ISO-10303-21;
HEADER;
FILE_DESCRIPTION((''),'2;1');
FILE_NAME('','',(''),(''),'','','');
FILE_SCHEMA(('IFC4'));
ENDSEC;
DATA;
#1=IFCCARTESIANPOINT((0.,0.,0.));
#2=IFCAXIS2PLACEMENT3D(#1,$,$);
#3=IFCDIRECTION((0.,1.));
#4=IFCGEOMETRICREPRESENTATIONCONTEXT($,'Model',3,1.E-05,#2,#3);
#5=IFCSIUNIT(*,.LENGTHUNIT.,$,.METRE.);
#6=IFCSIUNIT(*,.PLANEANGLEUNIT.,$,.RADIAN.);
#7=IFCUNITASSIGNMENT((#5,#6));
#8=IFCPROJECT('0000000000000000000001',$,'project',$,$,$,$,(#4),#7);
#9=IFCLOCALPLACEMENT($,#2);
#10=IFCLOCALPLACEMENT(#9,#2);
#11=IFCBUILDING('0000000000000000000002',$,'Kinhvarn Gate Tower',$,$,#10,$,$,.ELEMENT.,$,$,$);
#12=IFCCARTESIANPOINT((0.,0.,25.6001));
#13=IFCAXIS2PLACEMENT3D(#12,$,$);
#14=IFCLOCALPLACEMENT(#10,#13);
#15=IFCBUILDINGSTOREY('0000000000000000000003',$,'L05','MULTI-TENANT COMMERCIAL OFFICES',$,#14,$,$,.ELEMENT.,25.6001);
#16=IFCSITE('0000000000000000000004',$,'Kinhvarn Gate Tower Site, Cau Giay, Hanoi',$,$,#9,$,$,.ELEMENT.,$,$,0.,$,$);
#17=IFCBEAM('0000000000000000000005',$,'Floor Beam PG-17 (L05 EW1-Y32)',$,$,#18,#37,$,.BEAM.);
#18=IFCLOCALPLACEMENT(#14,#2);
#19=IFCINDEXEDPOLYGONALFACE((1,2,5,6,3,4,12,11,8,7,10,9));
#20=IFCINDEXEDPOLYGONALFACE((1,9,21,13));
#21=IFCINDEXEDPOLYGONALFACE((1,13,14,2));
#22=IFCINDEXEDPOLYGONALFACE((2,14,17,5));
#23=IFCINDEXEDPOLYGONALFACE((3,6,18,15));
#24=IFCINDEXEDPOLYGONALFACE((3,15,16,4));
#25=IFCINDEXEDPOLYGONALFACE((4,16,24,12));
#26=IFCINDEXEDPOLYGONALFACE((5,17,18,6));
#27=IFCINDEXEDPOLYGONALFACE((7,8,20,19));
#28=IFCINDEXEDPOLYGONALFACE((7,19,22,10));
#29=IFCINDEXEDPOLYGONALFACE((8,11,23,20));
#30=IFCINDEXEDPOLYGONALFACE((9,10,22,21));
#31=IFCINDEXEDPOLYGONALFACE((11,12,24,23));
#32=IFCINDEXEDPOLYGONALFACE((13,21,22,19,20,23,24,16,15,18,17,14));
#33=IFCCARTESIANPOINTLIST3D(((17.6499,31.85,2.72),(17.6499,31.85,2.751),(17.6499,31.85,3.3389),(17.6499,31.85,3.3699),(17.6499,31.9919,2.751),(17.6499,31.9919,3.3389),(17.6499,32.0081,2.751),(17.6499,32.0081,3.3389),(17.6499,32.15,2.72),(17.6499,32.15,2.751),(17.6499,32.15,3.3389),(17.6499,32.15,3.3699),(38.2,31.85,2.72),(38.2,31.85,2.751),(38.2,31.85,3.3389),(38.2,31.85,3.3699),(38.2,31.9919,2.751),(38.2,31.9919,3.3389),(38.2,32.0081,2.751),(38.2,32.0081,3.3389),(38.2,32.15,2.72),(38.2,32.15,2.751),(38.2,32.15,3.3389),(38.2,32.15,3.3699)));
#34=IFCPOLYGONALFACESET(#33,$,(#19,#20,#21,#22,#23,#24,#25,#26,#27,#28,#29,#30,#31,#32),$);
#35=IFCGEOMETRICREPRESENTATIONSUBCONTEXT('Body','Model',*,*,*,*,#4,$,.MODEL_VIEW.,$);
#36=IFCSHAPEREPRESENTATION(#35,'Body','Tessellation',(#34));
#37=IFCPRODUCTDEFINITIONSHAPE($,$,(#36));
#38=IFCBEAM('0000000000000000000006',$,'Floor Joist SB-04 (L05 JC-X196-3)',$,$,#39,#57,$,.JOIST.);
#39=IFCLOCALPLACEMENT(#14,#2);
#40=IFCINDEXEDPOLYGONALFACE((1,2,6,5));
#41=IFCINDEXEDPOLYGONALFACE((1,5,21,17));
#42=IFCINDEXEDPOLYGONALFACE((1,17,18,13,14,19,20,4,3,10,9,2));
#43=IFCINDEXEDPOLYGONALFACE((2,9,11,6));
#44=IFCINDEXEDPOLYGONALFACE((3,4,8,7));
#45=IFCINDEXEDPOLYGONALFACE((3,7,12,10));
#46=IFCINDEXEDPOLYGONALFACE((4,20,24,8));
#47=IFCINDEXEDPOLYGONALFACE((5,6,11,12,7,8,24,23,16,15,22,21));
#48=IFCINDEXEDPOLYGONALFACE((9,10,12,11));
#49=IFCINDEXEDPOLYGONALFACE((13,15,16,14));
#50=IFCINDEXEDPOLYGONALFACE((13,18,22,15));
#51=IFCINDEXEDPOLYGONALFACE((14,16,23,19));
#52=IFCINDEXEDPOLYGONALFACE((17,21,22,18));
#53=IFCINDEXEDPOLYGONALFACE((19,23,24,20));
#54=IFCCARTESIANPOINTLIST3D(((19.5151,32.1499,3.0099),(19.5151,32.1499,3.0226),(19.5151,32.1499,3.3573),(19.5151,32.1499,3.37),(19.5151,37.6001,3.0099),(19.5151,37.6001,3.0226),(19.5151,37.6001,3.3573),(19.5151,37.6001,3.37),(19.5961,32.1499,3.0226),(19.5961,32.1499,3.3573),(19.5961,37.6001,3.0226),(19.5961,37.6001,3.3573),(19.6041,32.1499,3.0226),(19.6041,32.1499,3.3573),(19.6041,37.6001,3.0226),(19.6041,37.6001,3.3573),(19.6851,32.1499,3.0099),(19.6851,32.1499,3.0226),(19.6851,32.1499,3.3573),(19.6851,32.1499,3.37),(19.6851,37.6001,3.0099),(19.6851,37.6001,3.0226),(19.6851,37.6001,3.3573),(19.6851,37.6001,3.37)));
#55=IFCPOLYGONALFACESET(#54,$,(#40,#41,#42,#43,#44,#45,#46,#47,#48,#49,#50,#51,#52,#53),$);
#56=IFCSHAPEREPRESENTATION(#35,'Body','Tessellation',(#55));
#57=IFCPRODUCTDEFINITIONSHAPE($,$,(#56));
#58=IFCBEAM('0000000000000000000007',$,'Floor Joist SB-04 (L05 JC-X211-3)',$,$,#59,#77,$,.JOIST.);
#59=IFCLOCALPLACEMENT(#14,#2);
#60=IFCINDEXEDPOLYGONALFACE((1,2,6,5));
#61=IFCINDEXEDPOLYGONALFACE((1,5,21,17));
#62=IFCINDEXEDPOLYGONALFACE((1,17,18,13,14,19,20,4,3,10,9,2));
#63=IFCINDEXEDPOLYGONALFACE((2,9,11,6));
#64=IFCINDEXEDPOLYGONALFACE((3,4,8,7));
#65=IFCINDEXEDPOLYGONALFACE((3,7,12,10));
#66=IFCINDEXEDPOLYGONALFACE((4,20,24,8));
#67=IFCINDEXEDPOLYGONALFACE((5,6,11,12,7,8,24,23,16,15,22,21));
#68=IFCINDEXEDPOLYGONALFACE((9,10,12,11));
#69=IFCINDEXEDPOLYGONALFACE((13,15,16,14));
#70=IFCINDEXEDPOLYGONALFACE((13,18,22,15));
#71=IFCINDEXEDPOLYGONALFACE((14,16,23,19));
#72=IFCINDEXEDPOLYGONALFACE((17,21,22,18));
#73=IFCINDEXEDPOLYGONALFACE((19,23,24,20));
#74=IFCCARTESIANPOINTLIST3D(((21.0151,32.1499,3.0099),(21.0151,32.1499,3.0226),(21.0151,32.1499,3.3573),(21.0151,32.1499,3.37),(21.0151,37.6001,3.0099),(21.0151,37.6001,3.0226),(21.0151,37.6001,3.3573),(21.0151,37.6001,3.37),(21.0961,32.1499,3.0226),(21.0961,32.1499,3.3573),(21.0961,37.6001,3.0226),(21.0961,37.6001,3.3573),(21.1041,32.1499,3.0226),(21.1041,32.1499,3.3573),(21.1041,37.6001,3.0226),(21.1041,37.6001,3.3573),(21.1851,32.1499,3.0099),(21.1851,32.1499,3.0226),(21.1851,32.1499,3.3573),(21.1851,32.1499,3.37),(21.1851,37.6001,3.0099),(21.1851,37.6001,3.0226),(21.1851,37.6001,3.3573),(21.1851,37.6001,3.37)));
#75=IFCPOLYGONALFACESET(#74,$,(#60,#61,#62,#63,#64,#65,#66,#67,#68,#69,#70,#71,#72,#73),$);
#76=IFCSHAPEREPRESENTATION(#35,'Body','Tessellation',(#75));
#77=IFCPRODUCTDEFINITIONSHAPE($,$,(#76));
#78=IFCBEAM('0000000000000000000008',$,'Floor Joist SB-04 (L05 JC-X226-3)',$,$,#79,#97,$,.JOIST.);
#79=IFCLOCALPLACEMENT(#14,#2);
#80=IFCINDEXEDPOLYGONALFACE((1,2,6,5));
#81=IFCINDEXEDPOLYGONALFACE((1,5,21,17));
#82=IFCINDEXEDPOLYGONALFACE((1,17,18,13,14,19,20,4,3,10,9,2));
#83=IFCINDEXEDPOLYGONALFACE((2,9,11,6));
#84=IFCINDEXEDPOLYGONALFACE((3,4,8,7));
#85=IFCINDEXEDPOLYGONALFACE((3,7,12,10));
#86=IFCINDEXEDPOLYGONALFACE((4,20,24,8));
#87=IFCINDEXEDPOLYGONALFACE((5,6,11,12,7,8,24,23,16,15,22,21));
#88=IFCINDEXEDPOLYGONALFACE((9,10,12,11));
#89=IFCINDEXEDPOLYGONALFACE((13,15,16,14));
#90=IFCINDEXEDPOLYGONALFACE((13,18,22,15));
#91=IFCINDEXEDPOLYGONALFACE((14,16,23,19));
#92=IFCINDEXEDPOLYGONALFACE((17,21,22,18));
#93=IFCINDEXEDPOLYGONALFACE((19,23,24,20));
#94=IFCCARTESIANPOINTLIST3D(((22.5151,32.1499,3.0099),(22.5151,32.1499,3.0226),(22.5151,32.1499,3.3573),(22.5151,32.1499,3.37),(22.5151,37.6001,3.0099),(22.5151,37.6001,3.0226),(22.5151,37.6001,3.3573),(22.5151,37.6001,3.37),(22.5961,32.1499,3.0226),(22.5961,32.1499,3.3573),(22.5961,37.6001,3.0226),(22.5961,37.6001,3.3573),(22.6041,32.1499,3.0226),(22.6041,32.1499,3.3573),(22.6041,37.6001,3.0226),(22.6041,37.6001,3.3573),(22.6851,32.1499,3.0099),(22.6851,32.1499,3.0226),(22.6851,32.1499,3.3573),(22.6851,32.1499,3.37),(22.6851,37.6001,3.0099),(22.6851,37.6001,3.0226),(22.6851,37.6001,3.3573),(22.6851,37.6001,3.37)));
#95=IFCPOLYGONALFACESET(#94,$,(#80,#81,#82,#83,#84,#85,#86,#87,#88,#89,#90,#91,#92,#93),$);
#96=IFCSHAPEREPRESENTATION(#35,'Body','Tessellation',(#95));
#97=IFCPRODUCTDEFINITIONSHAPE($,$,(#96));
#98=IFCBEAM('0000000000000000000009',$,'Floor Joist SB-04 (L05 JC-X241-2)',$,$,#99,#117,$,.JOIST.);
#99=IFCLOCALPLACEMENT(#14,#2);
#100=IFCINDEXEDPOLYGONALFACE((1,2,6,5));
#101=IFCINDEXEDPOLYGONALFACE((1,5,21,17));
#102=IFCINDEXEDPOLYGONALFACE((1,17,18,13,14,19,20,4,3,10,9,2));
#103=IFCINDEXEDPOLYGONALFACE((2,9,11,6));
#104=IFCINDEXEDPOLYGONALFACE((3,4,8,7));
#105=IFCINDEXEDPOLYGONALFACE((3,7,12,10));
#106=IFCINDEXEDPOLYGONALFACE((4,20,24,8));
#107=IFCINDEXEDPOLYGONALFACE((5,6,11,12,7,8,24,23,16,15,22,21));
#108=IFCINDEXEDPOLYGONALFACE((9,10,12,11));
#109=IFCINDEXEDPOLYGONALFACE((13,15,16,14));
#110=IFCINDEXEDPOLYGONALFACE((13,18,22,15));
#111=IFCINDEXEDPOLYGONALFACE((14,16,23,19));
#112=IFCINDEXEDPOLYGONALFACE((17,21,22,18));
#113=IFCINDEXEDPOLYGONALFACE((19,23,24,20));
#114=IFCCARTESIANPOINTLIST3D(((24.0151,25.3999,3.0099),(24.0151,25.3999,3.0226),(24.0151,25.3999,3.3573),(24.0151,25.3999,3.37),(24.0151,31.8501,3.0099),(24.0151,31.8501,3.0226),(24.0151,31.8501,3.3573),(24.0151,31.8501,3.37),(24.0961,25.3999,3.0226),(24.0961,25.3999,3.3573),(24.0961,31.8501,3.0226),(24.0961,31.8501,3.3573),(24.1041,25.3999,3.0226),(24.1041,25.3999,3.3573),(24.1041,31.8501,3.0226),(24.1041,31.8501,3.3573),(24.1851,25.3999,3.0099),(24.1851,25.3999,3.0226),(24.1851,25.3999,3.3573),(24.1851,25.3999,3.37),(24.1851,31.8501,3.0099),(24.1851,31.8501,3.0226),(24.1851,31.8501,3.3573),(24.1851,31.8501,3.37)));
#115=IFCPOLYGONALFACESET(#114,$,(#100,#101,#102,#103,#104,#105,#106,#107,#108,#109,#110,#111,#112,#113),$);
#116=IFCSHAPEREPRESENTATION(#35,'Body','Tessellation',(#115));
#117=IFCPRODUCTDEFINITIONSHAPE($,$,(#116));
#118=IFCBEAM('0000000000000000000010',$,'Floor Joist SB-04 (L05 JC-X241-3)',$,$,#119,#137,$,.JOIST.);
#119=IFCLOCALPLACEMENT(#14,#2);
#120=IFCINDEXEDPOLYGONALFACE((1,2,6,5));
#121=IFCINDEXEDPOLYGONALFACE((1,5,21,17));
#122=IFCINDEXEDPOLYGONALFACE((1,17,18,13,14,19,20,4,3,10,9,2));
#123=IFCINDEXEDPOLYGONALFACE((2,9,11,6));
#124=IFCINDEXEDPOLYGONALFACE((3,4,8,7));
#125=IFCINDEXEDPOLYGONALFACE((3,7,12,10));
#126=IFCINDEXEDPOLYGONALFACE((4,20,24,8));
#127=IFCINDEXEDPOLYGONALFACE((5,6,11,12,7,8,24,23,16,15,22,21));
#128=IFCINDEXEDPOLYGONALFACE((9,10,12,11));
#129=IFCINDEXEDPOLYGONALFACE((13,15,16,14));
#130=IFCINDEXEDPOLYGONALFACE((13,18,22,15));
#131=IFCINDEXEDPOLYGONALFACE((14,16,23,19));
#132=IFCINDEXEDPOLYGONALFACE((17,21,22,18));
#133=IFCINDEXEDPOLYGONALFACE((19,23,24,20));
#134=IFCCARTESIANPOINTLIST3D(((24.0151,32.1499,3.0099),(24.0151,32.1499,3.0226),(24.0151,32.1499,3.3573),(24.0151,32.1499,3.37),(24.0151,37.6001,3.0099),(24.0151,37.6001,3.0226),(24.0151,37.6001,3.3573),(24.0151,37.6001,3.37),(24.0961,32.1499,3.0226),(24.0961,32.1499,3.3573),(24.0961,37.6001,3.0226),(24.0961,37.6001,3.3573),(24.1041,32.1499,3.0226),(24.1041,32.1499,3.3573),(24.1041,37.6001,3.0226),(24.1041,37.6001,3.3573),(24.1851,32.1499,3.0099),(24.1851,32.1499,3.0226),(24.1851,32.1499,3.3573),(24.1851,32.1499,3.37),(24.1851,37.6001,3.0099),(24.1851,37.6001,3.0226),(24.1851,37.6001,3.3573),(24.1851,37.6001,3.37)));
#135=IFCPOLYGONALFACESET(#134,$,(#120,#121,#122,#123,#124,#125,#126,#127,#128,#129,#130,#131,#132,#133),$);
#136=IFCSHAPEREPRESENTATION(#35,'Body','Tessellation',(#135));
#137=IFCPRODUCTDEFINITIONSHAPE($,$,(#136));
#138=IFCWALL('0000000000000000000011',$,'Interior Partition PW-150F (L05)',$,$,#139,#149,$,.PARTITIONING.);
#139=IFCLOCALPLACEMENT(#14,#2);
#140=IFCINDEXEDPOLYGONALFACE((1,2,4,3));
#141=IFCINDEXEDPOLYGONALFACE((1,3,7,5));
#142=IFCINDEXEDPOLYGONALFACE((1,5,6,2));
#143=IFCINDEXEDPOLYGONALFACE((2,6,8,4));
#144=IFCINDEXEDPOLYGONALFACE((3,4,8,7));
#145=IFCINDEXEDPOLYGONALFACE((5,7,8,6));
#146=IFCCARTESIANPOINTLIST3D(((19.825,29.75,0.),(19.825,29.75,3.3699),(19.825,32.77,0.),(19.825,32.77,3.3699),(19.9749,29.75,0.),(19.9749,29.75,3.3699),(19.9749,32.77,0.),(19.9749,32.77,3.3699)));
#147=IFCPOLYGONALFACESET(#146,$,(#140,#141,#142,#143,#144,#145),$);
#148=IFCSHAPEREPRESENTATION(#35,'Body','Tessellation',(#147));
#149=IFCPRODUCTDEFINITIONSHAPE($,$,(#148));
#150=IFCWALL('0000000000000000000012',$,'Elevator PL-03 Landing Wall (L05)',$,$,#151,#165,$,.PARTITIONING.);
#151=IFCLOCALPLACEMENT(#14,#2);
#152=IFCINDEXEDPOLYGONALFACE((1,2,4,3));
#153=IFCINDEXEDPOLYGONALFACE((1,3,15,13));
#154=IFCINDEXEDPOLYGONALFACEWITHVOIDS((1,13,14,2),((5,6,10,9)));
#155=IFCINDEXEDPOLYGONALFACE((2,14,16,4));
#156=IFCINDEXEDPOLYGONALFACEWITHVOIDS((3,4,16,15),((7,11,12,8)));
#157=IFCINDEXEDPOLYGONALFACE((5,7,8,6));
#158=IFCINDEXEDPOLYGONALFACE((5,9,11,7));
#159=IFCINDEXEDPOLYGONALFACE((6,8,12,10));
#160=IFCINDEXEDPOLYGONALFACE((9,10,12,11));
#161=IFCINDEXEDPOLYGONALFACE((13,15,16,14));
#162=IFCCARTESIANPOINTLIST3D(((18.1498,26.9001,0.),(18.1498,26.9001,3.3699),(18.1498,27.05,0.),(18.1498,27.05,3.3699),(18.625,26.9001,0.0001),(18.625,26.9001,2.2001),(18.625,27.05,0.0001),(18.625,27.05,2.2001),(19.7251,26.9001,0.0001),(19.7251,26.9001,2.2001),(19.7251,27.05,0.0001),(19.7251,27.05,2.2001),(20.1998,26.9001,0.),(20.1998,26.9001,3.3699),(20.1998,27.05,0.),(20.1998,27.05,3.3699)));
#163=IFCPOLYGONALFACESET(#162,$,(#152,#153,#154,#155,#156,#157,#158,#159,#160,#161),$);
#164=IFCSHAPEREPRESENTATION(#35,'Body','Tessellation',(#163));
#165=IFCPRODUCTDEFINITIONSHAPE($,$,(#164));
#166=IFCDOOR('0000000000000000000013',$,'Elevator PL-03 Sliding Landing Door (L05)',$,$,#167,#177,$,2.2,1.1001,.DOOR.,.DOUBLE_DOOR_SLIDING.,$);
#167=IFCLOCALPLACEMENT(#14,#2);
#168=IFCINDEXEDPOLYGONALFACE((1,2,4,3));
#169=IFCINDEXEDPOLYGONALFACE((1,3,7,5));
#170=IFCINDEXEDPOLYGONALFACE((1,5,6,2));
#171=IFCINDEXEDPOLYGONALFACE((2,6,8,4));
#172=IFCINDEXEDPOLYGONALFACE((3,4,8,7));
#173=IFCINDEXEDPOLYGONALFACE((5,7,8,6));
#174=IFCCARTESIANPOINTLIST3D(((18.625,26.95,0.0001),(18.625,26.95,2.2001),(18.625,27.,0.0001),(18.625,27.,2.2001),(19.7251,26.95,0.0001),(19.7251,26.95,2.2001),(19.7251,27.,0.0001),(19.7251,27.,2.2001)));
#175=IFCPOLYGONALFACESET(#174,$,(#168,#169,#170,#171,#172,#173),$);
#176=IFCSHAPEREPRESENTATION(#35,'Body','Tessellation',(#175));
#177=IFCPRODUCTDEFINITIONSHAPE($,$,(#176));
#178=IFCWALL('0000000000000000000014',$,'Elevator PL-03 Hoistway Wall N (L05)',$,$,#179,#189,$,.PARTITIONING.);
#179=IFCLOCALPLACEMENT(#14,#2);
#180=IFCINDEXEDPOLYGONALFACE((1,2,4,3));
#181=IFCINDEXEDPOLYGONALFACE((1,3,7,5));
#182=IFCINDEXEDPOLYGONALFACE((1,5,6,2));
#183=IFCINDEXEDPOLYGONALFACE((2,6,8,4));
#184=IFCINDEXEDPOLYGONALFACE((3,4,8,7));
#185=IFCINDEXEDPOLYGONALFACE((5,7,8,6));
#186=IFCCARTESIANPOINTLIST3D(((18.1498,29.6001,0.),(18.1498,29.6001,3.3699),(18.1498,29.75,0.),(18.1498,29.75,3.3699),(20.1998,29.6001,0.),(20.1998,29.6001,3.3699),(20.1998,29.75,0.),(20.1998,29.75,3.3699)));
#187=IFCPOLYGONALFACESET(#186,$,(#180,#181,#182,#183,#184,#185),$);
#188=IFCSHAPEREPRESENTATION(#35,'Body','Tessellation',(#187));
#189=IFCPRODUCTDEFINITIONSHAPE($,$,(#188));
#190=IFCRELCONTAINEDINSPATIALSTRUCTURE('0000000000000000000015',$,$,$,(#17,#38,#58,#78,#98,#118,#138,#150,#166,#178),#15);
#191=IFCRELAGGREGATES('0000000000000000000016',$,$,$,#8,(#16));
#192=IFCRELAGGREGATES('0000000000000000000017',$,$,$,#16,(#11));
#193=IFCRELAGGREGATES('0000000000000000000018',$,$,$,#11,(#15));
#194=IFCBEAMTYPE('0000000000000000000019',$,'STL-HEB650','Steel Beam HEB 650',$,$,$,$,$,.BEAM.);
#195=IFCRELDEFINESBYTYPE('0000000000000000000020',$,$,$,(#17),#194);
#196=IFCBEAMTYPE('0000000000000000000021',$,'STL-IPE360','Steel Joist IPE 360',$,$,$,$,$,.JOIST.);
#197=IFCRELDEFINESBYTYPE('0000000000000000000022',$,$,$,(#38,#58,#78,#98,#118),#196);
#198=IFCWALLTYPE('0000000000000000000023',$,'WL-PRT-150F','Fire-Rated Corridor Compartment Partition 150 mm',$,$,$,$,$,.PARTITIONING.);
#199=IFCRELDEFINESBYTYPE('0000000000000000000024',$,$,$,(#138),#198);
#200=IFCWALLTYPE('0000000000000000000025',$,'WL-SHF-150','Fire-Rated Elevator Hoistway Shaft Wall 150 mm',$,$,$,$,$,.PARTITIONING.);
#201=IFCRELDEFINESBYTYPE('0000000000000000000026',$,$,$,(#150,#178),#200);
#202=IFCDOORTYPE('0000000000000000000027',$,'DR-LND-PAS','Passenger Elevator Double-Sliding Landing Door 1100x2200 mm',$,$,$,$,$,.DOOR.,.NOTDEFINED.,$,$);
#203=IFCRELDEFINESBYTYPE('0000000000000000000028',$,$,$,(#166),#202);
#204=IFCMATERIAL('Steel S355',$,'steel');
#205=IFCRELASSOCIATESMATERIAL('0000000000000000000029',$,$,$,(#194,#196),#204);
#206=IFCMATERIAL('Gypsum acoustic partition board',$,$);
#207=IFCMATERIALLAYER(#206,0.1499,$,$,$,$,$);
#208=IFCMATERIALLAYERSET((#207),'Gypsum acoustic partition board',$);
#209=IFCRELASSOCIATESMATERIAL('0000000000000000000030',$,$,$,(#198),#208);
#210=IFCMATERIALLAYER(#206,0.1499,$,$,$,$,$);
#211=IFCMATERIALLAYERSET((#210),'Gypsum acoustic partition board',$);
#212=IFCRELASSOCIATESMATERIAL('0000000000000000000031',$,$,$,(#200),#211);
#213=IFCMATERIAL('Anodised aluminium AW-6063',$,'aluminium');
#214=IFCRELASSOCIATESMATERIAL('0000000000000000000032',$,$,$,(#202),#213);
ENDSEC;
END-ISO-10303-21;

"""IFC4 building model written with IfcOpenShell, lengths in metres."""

from ifc_helpers import new_model, si_unit, direction, frame, frame_2d, origin, origin_2d, place, context, subcontext, project, spatial, rectangle, i_section, extrude, material, layer, layer_set, material_profile, profile_set, type_object, element, fill, save


model = new_model("IFC4")

# Units and contexts
model_context = context("Model", 3, precision=1e-05, world=origin(), true_north=direction((0.0, 1.0)))
body_context = subcontext(model_context, "Body", "Model", "MODEL_VIEW")
ifc_project = project(units=[si_unit("LENGTHUNIT", "METRE"), si_unit("PLANEANGLEUNIT", "RADIAN")], contexts=[model_context])

# Site, building, storey
site_placement = place(None, origin())
site = spatial("IfcSite", under=ifc_project, at=site_placement, Name="Kinhvarn Gate Tower Site, Cau Giay, Hanoi", CompositionType="ELEMENT", RefElevation=0.0)
building_placement = place(site_placement, origin())
building = spatial("IfcBuilding", under=site, at=building_placement, Name="Kinhvarn Gate Tower", CompositionType="ELEMENT")
storey_placement = place(building_placement, frame((0.0, 0.0, 25.6001)))
storey = spatial("IfcBuildingStorey", under=building, at=storey_placement, Name="L05", Description="MULTI-TENANT COMMERCIAL OFFICES", CompositionType="ELEMENT", Elevation=25.6001)

# Beams
ifc_material_1 = material(Name="Steel S355", Category="steel")
ifc_material_profile_1 = material_profile(ifc_material_1, i_section(OverallWidth=0.3, OverallDepth=0.6499, WebThickness=0.0161, FlangeThickness=0.031, at=origin_2d()), Name="HEB 650")
ifc_profile_set_1 = profile_set([ifc_material_profile_1], Name="Steel S355")
beam_type_1 = type_object("IfcBeamType", Name="STL-HEB650", Description="Steel Beam HEB 650", PredefinedType="BEAM", material=ifc_profile_set_1)
beam_1_placement = place(storey_placement, frame((17.6499, 32.0, 3.0449), z_axis=(1.0, 0.0, 0.0), x_axis=(0.0, 1.0, 0.0)))
element("IfcBeam", 1, at=beam_1_placement, inside=storey, type_object=beam_type_1, Name="Floor Beam PG-17 (L05 EW1-Y32)", PredefinedType="BEAM", context=body_context, shape_type="SweptSolid", body=[
    extrude(i_section(OverallWidth=0.3, OverallDepth=0.6499, WebThickness=0.0161, FlangeThickness=0.031, at=origin_2d()), origin(), (0.0, 0.0, 1.0), 20.55),
])
ifc_material_profile_2 = material_profile(ifc_material_1, i_section(OverallWidth=0.1699, OverallDepth=0.3601, WebThickness=0.0081, FlangeThickness=0.0127, at=origin_2d()), Name="IPE 360")
ifc_profile_set_2 = profile_set([ifc_material_profile_2], Name="Steel S355")
beam_type_2 = type_object("IfcBeamType", Name="STL-IPE360", Description="Steel Joist IPE 360", PredefinedType="JOIST", material=ifc_profile_set_2)
for number, where, z_axis, x_axis, name in (
    (2, (19.6001, 32.1499, 3.1899), (0.0, 1.0, 0.0), (-1.0, 0.0, 0.0), "Floor Joist SB-04 (L05 JC-X196-3)"),
    (3, (21.1001, 32.1499, 3.1899), (0.0, 1.0, 0.0), (-1.0, 0.0, 0.0), "Floor Joist SB-04 (L05 JC-X211-3)"),
    (4, (22.6001, 32.1499, 3.1899), (0.0, 1.0, 0.0), (-1.0, 0.0, 0.0), "Floor Joist SB-04 (L05 JC-X226-3)"),
):
    element("IfcBeam", number, at=place(storey_placement, frame(where, z_axis=z_axis, x_axis=x_axis)), inside=storey, type_object=beam_type_2, Name=name, PredefinedType="JOIST", context=body_context, shape_type="SweptSolid", body=[
        extrude(i_section(OverallWidth=0.1699, OverallDepth=0.3601, WebThickness=0.0081, FlangeThickness=0.0127, at=origin_2d()), origin(), (0.0, 0.0, 1.0), 5.4502),
    ])
beam_2_placement = place(storey_placement, frame((24.1001, 25.3999, 3.1899), z_axis=(0.0, 1.0, 0.0), x_axis=(-1.0, 0.0, 0.0)))
element("IfcBeam", 5, at=beam_2_placement, inside=storey, type_object=beam_type_2, Name="Floor Joist SB-04 (L05 JC-X241-2)", PredefinedType="JOIST", context=body_context, shape_type="SweptSolid", body=[
    extrude(i_section(OverallWidth=0.1699, OverallDepth=0.3601, WebThickness=0.0081, FlangeThickness=0.0127, at=origin_2d()), origin(), (0.0, 0.0, 1.0), 6.4502),
])
beam_3_placement = place(storey_placement, frame((24.1001, 32.1499, 3.1899), z_axis=(0.0, 1.0, 0.0), x_axis=(-1.0, 0.0, 0.0)))
element("IfcBeam", 6, at=beam_3_placement, inside=storey, type_object=beam_type_2, Name="Floor Joist SB-04 (L05 JC-X241-3)", PredefinedType="JOIST", context=body_context, shape_type="SweptSolid", body=[
    extrude(i_section(OverallWidth=0.1699, OverallDepth=0.3601, WebThickness=0.0081, FlangeThickness=0.0127, at=origin_2d()), origin(), (0.0, 0.0, 1.0), 5.4502),
])

# Shared definitions
ifc_material_2 = material(Name="Anodised aluminium AW-6063", Category="aluminium")
ifc_material_3 = material(Name="Gypsum acoustic partition board")
ifc_layer_1 = layer(ifc_material_3, 0.1499)
ifc_layer_set_1 = layer_set([ifc_layer_1], Name="Gypsum acoustic partition board")
wall_type_1 = type_object("IfcWallType", Name="WL-PRT-150F", Description="Fire-Rated Corridor Compartment Partition 150 mm", PredefinedType="PARTITIONING", material=ifc_layer_set_1)

# Wall
wall_1_placement = place(storey_placement, frame((19.8999, 29.75, 0.0), z_axis=(0.0, 0.0, 1.0), x_axis=(0.0, 1.0, 0.0)))
element("IfcWall", 7, at=wall_1_placement, inside=storey, type_object=wall_type_1, Name="Interior Partition PW-150F (L05)", PredefinedType="PARTITIONING", context=body_context, shape_type="SweptSolid", body=[
    extrude(rectangle(XDim=3.02, YDim=0.1499, at=frame_2d((1.51, 0.0))), origin(), (0.0, 0.0, 1.0), 3.3699),
])

# Wall, opening, door
ifc_layer_2 = layer(ifc_material_3, 0.1499)
ifc_layer_set_2 = layer_set([ifc_layer_2], Name="Gypsum acoustic partition board")
wall_type_2 = type_object("IfcWallType", Name="WL-SHF-150", Description="Fire-Rated Elevator Hoistway Shaft Wall 150 mm", PredefinedType="PARTITIONING", material=ifc_layer_set_2)
wall_2_placement = place(storey_placement, frame((18.1499, 26.9751, 0.0), z_axis=(0.0, 0.0, 1.0), x_axis=(1.0, 0.0, 0.0)))
wall_2 = element("IfcWall", 8, at=wall_2_placement, inside=storey, type_object=wall_type_2, Name="Elevator PL-03 Landing Wall (L05)", PredefinedType="PARTITIONING", context=body_context, shape_type="SweptSolid", body=[
    extrude(rectangle(XDim=2.05, YDim=0.1499, at=frame_2d((1.0249, 0.0))), origin(), (0.0, 0.0, 1.0), 3.3699),
])
opening_1_placement = place(wall_2_placement, frame((0.4751, 0.0, 0.0)))
opening_1 = element("IfcOpeningElement", 9, at=opening_1_placement, cuts=wall_2, PredefinedType="OPENING", context=body_context, shape_type="SweptSolid", body=[
    extrude(rectangle(XDim=1.1001, YDim=2.2, at=frame_2d((0.55, 1.1001))), frame((0.0, 0.085, 0.0), z_axis=(0.0, -1.0, 0.0), x_axis=(1.0, 0.0, 0.0)), (0.0, 0.0, 1.0), 0.1699),
])
door_type_1 = type_object("IfcDoorType", Name="DR-LND-PAS", Description="Passenger Elevator Double-Sliding Landing Door 1100x2200 mm", OperationType="NOTDEFINED", PredefinedType="DOOR", material=ifc_material_2)
door_1_placement = place(opening_1_placement, origin())
door_1 = element("IfcDoor", 10, at=door_1_placement, inside=storey, type_object=door_type_1, Name="Elevator PL-03 Sliding Landing Door (L05)", OperationType="DOUBLE_DOOR_SLIDING", OverallHeight=2.2, OverallWidth=1.1001, PredefinedType="DOOR", context=body_context, shape_type="SweptSolid", body=[
    extrude(rectangle(XDim=1.1001, YDim=2.2, at=frame_2d((0.55, 1.1001))), frame((0.0, 0.0249, 0.0), z_axis=(0.0, -1.0, 0.0), x_axis=(1.0, 0.0, 0.0)), (0.0, 0.0, 1.0), 0.05),
])
fill(opening_1, door_1)

# Wall
wall_3_placement = place(storey_placement, frame((18.1499, 29.675, 0.0), z_axis=(0.0, 0.0, 1.0), x_axis=(1.0, 0.0, 0.0)))
element("IfcWall", 11, at=wall_3_placement, inside=storey, type_object=wall_type_2, Name="Elevator PL-03 Hoistway Wall N (L05)", PredefinedType="PARTITIONING", context=body_context, shape_type="SweptSolid", body=[
    extrude(rectangle(XDim=2.05, YDim=0.1499, at=frame_2d((1.0249, 0.0))), origin(), (0.0, 0.0, 1.0), 3.3699),
])

save(model, "model.ifc")
